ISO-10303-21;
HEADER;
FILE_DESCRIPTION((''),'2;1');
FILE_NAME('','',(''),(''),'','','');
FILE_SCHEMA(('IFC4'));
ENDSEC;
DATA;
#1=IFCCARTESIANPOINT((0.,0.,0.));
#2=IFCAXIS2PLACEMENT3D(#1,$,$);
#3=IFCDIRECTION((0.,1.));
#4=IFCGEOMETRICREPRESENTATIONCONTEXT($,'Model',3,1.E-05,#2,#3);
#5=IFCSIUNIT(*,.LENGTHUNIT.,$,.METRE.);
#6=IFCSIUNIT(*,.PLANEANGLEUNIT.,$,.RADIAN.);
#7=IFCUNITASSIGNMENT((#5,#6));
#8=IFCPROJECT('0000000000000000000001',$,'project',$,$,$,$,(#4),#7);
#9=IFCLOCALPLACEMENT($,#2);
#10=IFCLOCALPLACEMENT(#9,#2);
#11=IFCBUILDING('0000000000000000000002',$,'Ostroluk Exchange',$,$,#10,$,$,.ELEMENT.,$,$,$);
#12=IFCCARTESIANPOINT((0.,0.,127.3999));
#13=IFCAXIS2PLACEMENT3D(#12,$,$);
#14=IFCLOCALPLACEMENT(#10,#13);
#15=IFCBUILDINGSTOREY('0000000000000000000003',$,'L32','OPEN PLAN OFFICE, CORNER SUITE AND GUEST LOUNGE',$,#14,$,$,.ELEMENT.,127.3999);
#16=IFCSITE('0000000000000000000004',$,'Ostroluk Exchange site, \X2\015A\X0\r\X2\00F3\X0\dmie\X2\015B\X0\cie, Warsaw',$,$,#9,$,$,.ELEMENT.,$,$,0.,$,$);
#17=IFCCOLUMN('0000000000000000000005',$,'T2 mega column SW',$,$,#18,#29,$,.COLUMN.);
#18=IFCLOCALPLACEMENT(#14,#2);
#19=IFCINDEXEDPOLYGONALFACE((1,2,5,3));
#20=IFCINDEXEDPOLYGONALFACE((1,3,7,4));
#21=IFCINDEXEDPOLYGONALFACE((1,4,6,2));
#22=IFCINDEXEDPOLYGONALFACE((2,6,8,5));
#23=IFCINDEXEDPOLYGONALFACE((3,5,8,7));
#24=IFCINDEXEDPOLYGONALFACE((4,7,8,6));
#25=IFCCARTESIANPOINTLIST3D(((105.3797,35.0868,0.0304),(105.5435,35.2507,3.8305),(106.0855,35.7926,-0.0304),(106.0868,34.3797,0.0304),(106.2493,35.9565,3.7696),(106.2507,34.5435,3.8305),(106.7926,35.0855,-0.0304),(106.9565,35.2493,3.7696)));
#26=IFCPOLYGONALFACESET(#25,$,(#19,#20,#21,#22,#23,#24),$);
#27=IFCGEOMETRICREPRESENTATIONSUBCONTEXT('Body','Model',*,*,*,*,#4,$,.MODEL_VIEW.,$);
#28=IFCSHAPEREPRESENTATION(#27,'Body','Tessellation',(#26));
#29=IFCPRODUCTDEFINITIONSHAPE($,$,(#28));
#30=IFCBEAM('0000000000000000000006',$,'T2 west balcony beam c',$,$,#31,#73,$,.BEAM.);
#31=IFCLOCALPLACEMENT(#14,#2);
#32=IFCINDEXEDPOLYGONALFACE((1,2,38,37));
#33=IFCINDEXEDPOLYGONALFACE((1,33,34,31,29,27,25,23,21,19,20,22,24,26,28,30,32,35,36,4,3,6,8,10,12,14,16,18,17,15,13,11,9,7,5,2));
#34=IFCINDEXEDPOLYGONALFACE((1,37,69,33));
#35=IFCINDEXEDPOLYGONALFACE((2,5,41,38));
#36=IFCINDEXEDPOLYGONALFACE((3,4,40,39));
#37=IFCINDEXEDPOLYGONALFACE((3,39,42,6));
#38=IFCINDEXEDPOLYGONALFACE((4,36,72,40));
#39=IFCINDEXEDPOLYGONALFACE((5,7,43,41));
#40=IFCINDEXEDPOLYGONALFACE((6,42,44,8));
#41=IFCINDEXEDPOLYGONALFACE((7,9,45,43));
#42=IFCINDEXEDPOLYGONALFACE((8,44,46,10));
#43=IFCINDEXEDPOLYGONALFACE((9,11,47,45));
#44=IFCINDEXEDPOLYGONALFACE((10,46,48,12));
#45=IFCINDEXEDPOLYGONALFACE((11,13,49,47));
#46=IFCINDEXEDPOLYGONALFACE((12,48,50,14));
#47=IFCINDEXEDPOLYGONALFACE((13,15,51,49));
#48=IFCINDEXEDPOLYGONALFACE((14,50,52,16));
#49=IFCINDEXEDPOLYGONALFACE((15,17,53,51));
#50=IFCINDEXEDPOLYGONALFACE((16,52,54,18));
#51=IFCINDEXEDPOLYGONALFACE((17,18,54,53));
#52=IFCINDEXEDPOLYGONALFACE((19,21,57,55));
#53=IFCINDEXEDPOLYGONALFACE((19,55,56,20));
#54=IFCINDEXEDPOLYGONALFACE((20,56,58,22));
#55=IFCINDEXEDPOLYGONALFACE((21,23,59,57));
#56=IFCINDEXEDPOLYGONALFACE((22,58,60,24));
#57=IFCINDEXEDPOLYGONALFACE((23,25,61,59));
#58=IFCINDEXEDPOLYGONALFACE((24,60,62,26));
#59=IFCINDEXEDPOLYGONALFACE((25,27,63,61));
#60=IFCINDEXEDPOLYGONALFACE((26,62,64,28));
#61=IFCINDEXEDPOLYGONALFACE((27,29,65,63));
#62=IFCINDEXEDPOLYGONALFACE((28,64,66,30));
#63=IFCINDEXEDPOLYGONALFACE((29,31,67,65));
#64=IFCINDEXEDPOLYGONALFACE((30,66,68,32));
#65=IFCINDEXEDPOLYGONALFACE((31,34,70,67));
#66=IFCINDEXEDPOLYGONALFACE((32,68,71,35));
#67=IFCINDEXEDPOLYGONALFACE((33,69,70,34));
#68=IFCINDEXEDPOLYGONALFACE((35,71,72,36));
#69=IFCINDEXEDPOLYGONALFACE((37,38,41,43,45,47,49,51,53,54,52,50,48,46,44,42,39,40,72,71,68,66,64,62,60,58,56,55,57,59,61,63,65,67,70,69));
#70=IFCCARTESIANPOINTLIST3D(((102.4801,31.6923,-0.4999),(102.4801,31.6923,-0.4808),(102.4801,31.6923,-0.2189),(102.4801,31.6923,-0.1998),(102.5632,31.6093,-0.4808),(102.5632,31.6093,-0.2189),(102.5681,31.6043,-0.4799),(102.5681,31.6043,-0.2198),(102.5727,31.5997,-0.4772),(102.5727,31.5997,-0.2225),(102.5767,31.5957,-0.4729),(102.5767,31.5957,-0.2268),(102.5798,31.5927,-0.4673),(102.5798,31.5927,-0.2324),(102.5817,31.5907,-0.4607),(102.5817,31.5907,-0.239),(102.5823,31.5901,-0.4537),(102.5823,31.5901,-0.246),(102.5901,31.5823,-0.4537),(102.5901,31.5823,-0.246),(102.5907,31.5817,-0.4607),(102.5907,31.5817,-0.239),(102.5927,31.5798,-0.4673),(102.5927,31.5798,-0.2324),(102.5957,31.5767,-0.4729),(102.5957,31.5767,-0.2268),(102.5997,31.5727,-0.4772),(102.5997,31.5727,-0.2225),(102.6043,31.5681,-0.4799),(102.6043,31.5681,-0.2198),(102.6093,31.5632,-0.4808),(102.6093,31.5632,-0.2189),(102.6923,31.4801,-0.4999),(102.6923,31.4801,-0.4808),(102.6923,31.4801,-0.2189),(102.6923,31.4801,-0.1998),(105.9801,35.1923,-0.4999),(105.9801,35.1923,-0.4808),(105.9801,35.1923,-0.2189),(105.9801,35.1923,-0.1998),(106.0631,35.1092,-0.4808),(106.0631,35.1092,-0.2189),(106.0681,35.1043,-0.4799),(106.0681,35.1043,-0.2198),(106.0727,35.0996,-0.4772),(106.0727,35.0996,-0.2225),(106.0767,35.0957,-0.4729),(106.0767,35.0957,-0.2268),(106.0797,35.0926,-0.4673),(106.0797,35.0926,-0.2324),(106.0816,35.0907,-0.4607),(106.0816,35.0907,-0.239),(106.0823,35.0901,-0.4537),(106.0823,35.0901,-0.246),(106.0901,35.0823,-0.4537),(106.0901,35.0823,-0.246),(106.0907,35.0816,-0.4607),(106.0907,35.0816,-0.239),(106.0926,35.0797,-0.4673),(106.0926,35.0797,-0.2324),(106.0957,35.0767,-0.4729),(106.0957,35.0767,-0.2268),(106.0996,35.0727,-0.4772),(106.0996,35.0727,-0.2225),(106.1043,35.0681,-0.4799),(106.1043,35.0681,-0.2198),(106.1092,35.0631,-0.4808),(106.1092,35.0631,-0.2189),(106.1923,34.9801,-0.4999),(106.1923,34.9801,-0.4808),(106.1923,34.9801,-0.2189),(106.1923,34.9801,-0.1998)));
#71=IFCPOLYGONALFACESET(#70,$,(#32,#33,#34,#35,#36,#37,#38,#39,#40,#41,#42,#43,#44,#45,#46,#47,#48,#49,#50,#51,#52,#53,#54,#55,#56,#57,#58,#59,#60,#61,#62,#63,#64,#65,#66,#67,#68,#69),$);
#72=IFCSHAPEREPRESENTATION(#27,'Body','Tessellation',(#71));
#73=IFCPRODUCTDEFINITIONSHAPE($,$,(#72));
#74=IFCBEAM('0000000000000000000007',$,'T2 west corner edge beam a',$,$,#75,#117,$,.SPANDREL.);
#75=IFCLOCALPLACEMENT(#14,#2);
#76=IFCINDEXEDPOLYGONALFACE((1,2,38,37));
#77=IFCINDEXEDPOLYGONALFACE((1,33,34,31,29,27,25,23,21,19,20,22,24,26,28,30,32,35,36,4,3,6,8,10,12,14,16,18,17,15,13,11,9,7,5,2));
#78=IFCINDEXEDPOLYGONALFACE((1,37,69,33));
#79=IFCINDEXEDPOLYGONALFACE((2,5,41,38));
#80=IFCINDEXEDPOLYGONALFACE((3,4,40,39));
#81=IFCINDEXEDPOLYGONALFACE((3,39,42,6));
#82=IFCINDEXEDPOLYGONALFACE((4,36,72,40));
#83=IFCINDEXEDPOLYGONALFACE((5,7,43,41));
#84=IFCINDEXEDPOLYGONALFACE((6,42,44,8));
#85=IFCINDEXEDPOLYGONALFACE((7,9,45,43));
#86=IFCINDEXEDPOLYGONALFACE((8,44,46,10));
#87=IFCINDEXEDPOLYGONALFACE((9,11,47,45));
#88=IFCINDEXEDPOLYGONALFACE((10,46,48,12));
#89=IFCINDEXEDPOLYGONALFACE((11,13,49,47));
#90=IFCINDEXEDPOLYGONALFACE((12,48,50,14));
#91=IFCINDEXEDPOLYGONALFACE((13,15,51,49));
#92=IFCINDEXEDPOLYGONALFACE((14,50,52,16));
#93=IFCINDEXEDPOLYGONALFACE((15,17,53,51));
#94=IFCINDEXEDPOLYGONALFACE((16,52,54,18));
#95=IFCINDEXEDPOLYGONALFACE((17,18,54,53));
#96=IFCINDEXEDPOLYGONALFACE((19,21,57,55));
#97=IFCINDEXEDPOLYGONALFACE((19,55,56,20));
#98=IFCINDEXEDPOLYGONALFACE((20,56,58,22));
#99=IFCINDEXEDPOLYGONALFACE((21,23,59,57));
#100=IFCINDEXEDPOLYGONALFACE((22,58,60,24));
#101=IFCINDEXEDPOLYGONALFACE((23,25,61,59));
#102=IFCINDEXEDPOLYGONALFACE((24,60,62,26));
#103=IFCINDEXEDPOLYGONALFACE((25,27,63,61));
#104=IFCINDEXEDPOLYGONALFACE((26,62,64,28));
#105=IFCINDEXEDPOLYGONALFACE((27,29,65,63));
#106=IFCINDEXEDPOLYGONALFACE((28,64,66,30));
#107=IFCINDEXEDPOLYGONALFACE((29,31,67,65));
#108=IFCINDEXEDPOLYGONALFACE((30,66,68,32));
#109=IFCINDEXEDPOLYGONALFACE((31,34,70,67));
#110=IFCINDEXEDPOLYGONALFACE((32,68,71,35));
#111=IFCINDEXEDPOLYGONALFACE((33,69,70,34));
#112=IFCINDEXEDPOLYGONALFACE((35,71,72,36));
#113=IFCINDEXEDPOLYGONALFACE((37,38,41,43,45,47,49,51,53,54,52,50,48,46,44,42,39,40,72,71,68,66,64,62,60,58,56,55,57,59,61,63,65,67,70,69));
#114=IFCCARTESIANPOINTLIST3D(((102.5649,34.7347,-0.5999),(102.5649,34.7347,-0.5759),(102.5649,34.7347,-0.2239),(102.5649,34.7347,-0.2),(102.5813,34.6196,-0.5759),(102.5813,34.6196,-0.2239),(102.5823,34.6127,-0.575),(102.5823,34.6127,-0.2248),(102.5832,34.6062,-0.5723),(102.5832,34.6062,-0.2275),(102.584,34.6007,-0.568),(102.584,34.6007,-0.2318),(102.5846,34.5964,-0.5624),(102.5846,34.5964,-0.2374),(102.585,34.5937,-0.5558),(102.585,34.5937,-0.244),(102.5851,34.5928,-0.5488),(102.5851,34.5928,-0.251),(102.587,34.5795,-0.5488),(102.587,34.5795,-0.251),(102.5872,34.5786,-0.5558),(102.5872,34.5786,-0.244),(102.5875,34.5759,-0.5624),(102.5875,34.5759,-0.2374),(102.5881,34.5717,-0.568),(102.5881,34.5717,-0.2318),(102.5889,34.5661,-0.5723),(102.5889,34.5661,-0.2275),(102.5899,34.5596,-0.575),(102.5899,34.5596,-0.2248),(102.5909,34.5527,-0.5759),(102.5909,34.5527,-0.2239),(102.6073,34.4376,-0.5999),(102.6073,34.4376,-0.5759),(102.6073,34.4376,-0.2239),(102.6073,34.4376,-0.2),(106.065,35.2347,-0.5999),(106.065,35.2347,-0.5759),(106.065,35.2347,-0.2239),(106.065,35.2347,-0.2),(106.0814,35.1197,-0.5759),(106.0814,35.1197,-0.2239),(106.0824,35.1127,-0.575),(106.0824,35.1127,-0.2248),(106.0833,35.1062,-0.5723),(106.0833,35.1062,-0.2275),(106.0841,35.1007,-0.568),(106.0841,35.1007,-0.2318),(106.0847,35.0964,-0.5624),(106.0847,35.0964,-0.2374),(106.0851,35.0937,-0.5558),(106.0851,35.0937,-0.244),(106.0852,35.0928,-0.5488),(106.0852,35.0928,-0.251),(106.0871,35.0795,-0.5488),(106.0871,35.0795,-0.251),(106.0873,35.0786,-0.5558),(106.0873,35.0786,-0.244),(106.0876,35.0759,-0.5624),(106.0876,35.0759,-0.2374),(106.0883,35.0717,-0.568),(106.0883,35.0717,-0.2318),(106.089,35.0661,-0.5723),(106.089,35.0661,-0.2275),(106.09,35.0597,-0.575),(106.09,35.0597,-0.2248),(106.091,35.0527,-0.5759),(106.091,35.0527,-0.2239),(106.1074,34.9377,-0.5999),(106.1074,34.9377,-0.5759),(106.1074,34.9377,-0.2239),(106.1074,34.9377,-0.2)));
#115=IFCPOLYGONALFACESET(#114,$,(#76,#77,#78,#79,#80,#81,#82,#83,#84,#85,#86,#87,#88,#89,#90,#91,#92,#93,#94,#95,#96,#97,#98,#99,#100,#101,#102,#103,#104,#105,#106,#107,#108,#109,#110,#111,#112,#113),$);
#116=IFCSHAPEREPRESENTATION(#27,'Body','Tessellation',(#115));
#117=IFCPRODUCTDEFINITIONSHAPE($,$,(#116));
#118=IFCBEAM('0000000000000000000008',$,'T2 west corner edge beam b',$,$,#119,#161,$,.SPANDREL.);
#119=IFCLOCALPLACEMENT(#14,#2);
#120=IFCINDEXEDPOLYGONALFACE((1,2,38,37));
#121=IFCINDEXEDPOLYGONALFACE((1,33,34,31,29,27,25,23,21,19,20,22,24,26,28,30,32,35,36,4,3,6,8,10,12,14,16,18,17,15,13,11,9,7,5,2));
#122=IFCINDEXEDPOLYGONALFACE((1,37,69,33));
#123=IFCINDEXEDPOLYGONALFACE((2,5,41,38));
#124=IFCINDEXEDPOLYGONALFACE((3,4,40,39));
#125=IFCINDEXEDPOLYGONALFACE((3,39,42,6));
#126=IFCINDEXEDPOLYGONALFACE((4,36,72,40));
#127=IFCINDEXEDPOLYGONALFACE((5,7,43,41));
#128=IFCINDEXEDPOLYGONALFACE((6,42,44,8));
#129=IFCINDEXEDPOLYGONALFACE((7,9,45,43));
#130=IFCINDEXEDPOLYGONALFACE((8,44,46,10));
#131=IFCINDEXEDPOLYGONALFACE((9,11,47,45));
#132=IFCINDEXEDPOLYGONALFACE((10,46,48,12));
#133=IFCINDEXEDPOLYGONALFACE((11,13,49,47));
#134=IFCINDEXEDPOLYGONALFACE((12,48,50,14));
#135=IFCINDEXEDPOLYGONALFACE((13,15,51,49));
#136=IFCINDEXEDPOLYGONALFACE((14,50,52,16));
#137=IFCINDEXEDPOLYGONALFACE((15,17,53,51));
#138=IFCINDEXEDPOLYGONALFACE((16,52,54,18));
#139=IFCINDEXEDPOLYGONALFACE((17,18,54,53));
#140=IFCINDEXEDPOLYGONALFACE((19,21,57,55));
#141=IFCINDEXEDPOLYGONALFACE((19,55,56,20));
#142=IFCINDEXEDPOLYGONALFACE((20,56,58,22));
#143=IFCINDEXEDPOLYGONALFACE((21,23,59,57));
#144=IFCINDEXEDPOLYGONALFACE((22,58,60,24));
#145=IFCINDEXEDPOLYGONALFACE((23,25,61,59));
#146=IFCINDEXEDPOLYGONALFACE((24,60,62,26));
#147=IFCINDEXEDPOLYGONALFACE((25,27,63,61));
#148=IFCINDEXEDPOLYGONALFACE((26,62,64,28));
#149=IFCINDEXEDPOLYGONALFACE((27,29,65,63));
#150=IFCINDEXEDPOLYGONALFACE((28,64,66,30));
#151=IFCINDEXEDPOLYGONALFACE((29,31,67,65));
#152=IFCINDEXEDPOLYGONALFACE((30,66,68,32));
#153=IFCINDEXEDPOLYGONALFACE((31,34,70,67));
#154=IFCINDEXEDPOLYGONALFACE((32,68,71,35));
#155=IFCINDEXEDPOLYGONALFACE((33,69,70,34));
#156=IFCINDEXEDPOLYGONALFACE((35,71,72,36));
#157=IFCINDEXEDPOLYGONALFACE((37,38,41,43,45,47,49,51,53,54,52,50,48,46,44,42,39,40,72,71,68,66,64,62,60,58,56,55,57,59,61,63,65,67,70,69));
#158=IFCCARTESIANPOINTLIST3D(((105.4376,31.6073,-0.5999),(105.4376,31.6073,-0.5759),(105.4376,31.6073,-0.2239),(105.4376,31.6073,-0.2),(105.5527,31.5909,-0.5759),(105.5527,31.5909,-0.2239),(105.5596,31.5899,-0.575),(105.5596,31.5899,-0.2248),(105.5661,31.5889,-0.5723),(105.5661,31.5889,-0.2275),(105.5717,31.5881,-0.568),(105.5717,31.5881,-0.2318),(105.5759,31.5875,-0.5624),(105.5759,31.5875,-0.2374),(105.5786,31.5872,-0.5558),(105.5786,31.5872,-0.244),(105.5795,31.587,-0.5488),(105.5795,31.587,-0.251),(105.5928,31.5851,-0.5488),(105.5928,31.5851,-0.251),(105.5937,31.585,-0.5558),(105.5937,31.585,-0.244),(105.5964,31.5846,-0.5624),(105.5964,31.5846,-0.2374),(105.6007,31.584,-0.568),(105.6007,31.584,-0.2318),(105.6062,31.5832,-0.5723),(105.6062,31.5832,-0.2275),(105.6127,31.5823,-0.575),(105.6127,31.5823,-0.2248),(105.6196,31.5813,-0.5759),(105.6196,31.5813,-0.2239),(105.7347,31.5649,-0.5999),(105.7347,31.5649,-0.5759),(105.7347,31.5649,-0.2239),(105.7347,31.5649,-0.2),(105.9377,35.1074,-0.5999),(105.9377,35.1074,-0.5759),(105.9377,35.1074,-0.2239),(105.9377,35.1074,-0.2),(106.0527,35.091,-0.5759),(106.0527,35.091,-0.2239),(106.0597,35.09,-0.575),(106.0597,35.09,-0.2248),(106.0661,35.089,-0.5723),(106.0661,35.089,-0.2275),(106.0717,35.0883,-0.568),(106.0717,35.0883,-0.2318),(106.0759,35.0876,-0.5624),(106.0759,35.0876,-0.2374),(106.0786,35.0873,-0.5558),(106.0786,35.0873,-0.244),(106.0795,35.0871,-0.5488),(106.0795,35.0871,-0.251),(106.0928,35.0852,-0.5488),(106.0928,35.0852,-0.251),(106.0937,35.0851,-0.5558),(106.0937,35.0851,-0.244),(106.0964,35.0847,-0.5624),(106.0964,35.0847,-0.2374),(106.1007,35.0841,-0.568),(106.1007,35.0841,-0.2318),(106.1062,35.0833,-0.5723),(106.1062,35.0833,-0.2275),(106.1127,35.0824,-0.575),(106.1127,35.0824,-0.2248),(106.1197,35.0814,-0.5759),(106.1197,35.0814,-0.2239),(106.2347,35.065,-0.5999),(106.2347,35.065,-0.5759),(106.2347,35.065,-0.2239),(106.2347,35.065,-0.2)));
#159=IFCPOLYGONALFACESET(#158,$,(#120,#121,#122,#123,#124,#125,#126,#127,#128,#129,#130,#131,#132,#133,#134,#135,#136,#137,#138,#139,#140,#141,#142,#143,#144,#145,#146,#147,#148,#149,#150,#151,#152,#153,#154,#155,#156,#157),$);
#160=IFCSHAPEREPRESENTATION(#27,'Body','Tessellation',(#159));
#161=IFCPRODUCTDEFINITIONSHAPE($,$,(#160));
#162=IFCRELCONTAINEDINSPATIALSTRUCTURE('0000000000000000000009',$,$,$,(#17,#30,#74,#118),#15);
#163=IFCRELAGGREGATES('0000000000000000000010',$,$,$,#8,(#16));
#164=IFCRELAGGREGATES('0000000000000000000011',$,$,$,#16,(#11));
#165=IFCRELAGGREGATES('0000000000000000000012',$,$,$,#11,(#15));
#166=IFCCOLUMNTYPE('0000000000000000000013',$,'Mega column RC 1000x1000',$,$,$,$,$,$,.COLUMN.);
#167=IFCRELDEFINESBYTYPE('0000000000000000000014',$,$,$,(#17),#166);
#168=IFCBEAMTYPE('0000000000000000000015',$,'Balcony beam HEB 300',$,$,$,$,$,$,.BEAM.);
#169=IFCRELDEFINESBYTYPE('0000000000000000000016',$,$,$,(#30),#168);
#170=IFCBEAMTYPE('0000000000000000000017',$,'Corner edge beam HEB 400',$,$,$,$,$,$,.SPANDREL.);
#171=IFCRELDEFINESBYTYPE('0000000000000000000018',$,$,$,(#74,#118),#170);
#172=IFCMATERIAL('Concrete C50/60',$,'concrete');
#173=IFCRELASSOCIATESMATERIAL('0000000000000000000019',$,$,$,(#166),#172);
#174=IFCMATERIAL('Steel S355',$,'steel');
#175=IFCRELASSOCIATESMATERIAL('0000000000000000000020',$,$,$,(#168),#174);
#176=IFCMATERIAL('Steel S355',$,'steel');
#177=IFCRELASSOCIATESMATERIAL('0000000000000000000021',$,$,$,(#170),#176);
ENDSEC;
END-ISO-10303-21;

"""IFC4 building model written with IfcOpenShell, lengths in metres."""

from ifc_helpers import new_model, si_unit, direction, frame, origin, origin_2d, place, context, subcontext, project, spatial, rectangle, i_section, extrude, material, material_profile, profile_set, type_object, element, save


model = new_model("IFC4")

# Units and contexts
model_context = context("Model", 3, precision=1e-05, world=origin(), true_north=direction((0.0, 1.0)))
body_context = subcontext(model_context, "Body", "Model", "MODEL_VIEW")
ifc_project = project(units=[si_unit("LENGTHUNIT", "METRE"), si_unit("PLANEANGLEUNIT", "RADIAN")], contexts=[model_context])

# Site, building, storey
site_placement = place(None, origin())
site = spatial("IfcSite", under=ifc_project, at=site_placement, Name="Ostroluk Exchange site, Śródmieście, Warsaw", CompositionType="ELEMENT", RefElevation=0.0)
building_placement = place(site_placement, origin())
building = spatial("IfcBuilding", under=site, at=building_placement, Name="Ostroluk Exchange", CompositionType="ELEMENT")
storey_placement = place(building_placement, frame((0.0, 0.0, 127.3999)))
storey = spatial("IfcBuildingStorey", under=building, at=storey_placement, Name="L32", Description="OPEN PLAN OFFICE, CORNER SUITE AND GUEST LOUNGE", CompositionType="ELEMENT", Elevation=127.3999)

# Column
ifc_material_1 = material(Name="Concrete C50/60", Category="concrete")
ifc_material_profile_1 = material_profile(ifc_material_1, rectangle(XDim=1.0, YDim=1.0, at=origin_2d()), Name="RC 1000x1000")
ifc_profile_set_1 = profile_set([ifc_material_profile_1], Name="Concrete C50/60")
column_type = type_object("IfcColumnType", Name="Mega column RC 1000x1000", PredefinedType="COLUMN", material=ifc_profile_set_1)
column_placement = place(storey_placement, frame((106.0862, 35.0862, 0.0), z_axis=(0.04303, 0.04303, 0.998147), x_axis=(-0.707107, 0.707107, 0.0)))
element("IfcColumn", 1, at=column_placement, inside=storey, type_object=column_type, Name="T2 mega column SW", PredefinedType="COLUMN", context=body_context, shape_type="SweptSolid", body=[
    extrude(rectangle(XDim=1.0, YDim=1.0, at=origin_2d()), origin(), (0.0, 0.0, 1.0), 3.8071),
])

# Beams
ifc_material_2 = material(Name="Steel S355", Category="steel")
ifc_material_profile_2 = material_profile(ifc_material_2, i_section(OverallWidth=0.3, OverallDepth=0.3, WebThickness=0.011, FlangeThickness=0.019, FilletRadius=0.0271, at=origin_2d()), Name="HEB 300")
ifc_profile_set_2 = profile_set([ifc_material_profile_2], Name="Steel S355")
beam_type_1 = type_object("IfcBeamType", Name="Balcony beam HEB 300", PredefinedType="BEAM", material=ifc_profile_set_2)
beam_1_placement = place(storey_placement, frame((106.0862, 35.0862, -0.3499), z_axis=(-0.707107, -0.707107, 0.0), x_axis=(0.707107, -0.707107, 0.0)))
element("IfcBeam", 2, at=beam_1_placement, inside=storey, type_object=beam_type_1, Name="T2 west balcony beam c", PredefinedType="BEAM", context=body_context, shape_type="SweptSolid", body=[
    extrude(i_section(OverallWidth=0.3, OverallDepth=0.3, WebThickness=0.011, FlangeThickness=0.019, FilletRadius=0.0271, at=origin_2d()), origin(), (0.0, 0.0, 1.0), 4.9497),
])
ifc_material_3 = material(Name="Steel S355", Category="steel")
ifc_material_profile_3 = material_profile(ifc_material_3, i_section(OverallWidth=0.3, OverallDepth=0.3999, WebThickness=0.0134, FlangeThickness=0.0239, FilletRadius=0.0271, at=origin_2d()), Name="HEB 400")
ifc_profile_set_3 = profile_set([ifc_material_profile_3], Name="Steel S355")
beam_type_2 = type_object("IfcBeamType", Name="Corner edge beam HEB 400", PredefinedType="SPANDREL", material=ifc_profile_set_3)
for number, where, z_axis, x_axis, name in (
    (3, (106.0862, 35.0862, -0.3999), (-0.989949, -0.141421, 0.0), (0.141421, -0.989949, 0.0), "T2 west corner edge beam a"),
    (4, (106.0862, 35.0862, -0.3999), (-0.141421, -0.989949, 0.0), (0.989949, -0.141421, 0.0), "T2 west corner edge beam b"),
):
    element("IfcBeam", number, at=place(storey_placement, frame(where, z_axis=z_axis, x_axis=x_axis)), inside=storey, type_object=beam_type_2, Name=name, PredefinedType="SPANDREL", context=body_context, shape_type="SweptSolid", body=[
        extrude(i_section(OverallWidth=0.3, OverallDepth=0.3999, WebThickness=0.0134, FlangeThickness=0.0239, FilletRadius=0.0271, at=origin_2d()), origin(), (0.0, 0.0, 1.0), 3.5356),
    ])

save(model, "model.ifc")
